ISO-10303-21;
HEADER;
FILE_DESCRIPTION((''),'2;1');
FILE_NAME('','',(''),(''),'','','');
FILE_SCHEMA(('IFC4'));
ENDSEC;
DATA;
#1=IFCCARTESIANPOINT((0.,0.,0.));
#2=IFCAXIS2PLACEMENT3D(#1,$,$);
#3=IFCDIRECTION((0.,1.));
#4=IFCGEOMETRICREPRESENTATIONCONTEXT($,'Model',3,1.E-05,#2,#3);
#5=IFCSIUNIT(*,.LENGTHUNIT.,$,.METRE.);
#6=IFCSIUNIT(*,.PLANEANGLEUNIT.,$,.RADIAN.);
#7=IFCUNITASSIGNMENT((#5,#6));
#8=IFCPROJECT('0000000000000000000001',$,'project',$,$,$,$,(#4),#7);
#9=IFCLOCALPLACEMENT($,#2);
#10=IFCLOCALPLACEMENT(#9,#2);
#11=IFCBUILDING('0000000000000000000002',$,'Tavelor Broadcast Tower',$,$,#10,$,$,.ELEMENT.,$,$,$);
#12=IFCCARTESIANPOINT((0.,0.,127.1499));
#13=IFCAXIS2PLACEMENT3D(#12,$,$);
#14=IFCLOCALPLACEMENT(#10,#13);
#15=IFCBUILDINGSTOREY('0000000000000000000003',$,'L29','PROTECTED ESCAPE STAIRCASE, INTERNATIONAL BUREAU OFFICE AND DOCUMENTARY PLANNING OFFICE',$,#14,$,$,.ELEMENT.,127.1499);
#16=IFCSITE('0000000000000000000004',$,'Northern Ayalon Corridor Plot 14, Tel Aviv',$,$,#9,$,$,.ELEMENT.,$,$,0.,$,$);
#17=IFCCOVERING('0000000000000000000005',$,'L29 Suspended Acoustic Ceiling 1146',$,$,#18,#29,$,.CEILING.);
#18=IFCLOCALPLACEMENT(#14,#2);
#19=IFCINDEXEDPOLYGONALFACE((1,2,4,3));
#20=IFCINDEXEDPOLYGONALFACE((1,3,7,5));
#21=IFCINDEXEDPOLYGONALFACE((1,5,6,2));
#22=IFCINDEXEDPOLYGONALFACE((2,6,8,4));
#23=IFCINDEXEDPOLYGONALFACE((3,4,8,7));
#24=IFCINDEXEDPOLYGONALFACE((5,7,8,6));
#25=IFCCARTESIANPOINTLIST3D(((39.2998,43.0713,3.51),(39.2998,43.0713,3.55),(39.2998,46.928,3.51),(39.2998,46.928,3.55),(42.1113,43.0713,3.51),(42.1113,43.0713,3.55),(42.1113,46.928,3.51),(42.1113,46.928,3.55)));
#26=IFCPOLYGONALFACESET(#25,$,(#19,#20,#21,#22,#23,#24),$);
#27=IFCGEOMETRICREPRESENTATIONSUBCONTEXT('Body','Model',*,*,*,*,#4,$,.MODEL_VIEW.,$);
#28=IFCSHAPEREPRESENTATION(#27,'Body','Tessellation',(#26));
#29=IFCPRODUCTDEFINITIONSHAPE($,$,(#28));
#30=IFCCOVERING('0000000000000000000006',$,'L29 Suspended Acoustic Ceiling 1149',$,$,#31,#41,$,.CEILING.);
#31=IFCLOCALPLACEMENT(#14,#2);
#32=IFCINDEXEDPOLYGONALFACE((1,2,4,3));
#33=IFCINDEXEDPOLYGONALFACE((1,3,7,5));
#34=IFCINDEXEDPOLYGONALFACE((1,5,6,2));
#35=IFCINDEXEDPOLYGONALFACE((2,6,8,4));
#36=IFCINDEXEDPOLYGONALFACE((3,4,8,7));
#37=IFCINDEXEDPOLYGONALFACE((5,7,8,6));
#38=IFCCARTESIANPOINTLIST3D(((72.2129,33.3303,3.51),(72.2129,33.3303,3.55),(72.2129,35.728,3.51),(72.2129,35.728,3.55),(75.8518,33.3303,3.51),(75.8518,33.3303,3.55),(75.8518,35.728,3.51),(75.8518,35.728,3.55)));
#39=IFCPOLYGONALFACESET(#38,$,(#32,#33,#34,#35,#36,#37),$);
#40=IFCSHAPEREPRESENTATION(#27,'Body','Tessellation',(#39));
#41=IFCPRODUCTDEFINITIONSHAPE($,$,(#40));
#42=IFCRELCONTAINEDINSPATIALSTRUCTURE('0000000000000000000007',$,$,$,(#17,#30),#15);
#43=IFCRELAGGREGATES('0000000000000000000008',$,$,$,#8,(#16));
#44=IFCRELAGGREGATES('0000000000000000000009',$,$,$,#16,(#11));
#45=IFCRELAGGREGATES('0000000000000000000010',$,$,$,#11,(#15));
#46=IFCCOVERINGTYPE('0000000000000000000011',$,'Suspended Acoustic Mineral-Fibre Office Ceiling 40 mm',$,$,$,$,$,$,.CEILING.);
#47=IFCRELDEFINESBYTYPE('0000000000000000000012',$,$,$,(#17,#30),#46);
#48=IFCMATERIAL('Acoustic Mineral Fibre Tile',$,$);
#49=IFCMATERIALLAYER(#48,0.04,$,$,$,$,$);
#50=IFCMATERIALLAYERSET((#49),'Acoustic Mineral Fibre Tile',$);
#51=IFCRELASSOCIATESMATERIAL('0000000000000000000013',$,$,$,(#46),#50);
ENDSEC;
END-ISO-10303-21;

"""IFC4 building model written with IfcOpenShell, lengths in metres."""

from ifc_helpers import new_model, si_unit, direction, frame, origin, place, context, subcontext, project, spatial, polyline, outline, extrude, material, layer, layer_set, type_object, element, save


model = new_model("IFC4")

# Units and contexts
model_context = context("Model", 3, precision=1e-05, world=origin(), true_north=direction((0.0, 1.0)))
body_context = subcontext(model_context, "Body", "Model", "MODEL_VIEW")
ifc_project = project(units=[si_unit("LENGTHUNIT", "METRE"), si_unit("PLANEANGLEUNIT", "RADIAN")], contexts=[model_context])

# Site, building, storey
site_placement = place(None, origin())
site = spatial("IfcSite", under=ifc_project, at=site_placement, Name="Northern Ayalon Corridor Plot 14, Tel Aviv", CompositionType="ELEMENT", RefElevation=0.0)
building_placement = place(site_placement, origin())
building = spatial("IfcBuilding", under=site, at=building_placement, Name="Tavelor Broadcast Tower", CompositionType="ELEMENT")
storey_placement = place(building_placement, frame((0.0, 0.0, 127.1499)))
storey = spatial("IfcBuildingStorey", under=building, at=storey_placement, Name="L29", Description="PROTECTED ESCAPE STAIRCASE, INTERNATIONAL BUREAU OFFICE AND DOCUMENTARY PLANNING OFFICE", CompositionType="ELEMENT", Elevation=127.1499)

# Coverings
ifc_material_1 = material(Name="Acoustic Mineral Fibre Tile")
ifc_layer_1 = layer(ifc_material_1, 0.04)
ifc_layer_set_1 = layer_set([ifc_layer_1], Name="Acoustic Mineral Fibre Tile")
covering_type_1 = type_object("IfcCoveringType", Name="Suspended Acoustic Mineral-Fibre Office Ceiling 40 mm", PredefinedType="CEILING", material=ifc_layer_set_1)
covering_1_placement = place(storey_placement, frame((0.0, 0.0, 3.51)))
element("IfcCovering", 1, at=covering_1_placement, inside=storey, type_object=covering_type_1, Name="L29 Suspended Acoustic Ceiling 1146", PredefinedType="CEILING", context=body_context, shape_type="SweptSolid", body=[
    extrude(outline(polyline([(39.2998, 43.0713), (42.1113, 43.0713), (42.1113, 46.928), (39.2998, 46.928), (39.2998, 43.0713)])), origin(), (0.0, 0.0, 1.0), 0.04),
])
covering_2_placement = place(storey_placement, frame((0.0, 0.0, 3.51)))
element("IfcCovering", 2, at=covering_2_placement, inside=storey, type_object=covering_type_1, Name="L29 Suspended Acoustic Ceiling 1149", PredefinedType="CEILING", context=body_context, shape_type="SweptSolid", body=[
    extrude(outline(polyline([(72.2129, 33.3303), (75.8518, 33.3303), (75.8518, 35.728), (72.2129, 35.728), (72.2129, 33.3303)])), origin(), (0.0, 0.0, 1.0), 0.04),
])

save(model, "model.ifc")
